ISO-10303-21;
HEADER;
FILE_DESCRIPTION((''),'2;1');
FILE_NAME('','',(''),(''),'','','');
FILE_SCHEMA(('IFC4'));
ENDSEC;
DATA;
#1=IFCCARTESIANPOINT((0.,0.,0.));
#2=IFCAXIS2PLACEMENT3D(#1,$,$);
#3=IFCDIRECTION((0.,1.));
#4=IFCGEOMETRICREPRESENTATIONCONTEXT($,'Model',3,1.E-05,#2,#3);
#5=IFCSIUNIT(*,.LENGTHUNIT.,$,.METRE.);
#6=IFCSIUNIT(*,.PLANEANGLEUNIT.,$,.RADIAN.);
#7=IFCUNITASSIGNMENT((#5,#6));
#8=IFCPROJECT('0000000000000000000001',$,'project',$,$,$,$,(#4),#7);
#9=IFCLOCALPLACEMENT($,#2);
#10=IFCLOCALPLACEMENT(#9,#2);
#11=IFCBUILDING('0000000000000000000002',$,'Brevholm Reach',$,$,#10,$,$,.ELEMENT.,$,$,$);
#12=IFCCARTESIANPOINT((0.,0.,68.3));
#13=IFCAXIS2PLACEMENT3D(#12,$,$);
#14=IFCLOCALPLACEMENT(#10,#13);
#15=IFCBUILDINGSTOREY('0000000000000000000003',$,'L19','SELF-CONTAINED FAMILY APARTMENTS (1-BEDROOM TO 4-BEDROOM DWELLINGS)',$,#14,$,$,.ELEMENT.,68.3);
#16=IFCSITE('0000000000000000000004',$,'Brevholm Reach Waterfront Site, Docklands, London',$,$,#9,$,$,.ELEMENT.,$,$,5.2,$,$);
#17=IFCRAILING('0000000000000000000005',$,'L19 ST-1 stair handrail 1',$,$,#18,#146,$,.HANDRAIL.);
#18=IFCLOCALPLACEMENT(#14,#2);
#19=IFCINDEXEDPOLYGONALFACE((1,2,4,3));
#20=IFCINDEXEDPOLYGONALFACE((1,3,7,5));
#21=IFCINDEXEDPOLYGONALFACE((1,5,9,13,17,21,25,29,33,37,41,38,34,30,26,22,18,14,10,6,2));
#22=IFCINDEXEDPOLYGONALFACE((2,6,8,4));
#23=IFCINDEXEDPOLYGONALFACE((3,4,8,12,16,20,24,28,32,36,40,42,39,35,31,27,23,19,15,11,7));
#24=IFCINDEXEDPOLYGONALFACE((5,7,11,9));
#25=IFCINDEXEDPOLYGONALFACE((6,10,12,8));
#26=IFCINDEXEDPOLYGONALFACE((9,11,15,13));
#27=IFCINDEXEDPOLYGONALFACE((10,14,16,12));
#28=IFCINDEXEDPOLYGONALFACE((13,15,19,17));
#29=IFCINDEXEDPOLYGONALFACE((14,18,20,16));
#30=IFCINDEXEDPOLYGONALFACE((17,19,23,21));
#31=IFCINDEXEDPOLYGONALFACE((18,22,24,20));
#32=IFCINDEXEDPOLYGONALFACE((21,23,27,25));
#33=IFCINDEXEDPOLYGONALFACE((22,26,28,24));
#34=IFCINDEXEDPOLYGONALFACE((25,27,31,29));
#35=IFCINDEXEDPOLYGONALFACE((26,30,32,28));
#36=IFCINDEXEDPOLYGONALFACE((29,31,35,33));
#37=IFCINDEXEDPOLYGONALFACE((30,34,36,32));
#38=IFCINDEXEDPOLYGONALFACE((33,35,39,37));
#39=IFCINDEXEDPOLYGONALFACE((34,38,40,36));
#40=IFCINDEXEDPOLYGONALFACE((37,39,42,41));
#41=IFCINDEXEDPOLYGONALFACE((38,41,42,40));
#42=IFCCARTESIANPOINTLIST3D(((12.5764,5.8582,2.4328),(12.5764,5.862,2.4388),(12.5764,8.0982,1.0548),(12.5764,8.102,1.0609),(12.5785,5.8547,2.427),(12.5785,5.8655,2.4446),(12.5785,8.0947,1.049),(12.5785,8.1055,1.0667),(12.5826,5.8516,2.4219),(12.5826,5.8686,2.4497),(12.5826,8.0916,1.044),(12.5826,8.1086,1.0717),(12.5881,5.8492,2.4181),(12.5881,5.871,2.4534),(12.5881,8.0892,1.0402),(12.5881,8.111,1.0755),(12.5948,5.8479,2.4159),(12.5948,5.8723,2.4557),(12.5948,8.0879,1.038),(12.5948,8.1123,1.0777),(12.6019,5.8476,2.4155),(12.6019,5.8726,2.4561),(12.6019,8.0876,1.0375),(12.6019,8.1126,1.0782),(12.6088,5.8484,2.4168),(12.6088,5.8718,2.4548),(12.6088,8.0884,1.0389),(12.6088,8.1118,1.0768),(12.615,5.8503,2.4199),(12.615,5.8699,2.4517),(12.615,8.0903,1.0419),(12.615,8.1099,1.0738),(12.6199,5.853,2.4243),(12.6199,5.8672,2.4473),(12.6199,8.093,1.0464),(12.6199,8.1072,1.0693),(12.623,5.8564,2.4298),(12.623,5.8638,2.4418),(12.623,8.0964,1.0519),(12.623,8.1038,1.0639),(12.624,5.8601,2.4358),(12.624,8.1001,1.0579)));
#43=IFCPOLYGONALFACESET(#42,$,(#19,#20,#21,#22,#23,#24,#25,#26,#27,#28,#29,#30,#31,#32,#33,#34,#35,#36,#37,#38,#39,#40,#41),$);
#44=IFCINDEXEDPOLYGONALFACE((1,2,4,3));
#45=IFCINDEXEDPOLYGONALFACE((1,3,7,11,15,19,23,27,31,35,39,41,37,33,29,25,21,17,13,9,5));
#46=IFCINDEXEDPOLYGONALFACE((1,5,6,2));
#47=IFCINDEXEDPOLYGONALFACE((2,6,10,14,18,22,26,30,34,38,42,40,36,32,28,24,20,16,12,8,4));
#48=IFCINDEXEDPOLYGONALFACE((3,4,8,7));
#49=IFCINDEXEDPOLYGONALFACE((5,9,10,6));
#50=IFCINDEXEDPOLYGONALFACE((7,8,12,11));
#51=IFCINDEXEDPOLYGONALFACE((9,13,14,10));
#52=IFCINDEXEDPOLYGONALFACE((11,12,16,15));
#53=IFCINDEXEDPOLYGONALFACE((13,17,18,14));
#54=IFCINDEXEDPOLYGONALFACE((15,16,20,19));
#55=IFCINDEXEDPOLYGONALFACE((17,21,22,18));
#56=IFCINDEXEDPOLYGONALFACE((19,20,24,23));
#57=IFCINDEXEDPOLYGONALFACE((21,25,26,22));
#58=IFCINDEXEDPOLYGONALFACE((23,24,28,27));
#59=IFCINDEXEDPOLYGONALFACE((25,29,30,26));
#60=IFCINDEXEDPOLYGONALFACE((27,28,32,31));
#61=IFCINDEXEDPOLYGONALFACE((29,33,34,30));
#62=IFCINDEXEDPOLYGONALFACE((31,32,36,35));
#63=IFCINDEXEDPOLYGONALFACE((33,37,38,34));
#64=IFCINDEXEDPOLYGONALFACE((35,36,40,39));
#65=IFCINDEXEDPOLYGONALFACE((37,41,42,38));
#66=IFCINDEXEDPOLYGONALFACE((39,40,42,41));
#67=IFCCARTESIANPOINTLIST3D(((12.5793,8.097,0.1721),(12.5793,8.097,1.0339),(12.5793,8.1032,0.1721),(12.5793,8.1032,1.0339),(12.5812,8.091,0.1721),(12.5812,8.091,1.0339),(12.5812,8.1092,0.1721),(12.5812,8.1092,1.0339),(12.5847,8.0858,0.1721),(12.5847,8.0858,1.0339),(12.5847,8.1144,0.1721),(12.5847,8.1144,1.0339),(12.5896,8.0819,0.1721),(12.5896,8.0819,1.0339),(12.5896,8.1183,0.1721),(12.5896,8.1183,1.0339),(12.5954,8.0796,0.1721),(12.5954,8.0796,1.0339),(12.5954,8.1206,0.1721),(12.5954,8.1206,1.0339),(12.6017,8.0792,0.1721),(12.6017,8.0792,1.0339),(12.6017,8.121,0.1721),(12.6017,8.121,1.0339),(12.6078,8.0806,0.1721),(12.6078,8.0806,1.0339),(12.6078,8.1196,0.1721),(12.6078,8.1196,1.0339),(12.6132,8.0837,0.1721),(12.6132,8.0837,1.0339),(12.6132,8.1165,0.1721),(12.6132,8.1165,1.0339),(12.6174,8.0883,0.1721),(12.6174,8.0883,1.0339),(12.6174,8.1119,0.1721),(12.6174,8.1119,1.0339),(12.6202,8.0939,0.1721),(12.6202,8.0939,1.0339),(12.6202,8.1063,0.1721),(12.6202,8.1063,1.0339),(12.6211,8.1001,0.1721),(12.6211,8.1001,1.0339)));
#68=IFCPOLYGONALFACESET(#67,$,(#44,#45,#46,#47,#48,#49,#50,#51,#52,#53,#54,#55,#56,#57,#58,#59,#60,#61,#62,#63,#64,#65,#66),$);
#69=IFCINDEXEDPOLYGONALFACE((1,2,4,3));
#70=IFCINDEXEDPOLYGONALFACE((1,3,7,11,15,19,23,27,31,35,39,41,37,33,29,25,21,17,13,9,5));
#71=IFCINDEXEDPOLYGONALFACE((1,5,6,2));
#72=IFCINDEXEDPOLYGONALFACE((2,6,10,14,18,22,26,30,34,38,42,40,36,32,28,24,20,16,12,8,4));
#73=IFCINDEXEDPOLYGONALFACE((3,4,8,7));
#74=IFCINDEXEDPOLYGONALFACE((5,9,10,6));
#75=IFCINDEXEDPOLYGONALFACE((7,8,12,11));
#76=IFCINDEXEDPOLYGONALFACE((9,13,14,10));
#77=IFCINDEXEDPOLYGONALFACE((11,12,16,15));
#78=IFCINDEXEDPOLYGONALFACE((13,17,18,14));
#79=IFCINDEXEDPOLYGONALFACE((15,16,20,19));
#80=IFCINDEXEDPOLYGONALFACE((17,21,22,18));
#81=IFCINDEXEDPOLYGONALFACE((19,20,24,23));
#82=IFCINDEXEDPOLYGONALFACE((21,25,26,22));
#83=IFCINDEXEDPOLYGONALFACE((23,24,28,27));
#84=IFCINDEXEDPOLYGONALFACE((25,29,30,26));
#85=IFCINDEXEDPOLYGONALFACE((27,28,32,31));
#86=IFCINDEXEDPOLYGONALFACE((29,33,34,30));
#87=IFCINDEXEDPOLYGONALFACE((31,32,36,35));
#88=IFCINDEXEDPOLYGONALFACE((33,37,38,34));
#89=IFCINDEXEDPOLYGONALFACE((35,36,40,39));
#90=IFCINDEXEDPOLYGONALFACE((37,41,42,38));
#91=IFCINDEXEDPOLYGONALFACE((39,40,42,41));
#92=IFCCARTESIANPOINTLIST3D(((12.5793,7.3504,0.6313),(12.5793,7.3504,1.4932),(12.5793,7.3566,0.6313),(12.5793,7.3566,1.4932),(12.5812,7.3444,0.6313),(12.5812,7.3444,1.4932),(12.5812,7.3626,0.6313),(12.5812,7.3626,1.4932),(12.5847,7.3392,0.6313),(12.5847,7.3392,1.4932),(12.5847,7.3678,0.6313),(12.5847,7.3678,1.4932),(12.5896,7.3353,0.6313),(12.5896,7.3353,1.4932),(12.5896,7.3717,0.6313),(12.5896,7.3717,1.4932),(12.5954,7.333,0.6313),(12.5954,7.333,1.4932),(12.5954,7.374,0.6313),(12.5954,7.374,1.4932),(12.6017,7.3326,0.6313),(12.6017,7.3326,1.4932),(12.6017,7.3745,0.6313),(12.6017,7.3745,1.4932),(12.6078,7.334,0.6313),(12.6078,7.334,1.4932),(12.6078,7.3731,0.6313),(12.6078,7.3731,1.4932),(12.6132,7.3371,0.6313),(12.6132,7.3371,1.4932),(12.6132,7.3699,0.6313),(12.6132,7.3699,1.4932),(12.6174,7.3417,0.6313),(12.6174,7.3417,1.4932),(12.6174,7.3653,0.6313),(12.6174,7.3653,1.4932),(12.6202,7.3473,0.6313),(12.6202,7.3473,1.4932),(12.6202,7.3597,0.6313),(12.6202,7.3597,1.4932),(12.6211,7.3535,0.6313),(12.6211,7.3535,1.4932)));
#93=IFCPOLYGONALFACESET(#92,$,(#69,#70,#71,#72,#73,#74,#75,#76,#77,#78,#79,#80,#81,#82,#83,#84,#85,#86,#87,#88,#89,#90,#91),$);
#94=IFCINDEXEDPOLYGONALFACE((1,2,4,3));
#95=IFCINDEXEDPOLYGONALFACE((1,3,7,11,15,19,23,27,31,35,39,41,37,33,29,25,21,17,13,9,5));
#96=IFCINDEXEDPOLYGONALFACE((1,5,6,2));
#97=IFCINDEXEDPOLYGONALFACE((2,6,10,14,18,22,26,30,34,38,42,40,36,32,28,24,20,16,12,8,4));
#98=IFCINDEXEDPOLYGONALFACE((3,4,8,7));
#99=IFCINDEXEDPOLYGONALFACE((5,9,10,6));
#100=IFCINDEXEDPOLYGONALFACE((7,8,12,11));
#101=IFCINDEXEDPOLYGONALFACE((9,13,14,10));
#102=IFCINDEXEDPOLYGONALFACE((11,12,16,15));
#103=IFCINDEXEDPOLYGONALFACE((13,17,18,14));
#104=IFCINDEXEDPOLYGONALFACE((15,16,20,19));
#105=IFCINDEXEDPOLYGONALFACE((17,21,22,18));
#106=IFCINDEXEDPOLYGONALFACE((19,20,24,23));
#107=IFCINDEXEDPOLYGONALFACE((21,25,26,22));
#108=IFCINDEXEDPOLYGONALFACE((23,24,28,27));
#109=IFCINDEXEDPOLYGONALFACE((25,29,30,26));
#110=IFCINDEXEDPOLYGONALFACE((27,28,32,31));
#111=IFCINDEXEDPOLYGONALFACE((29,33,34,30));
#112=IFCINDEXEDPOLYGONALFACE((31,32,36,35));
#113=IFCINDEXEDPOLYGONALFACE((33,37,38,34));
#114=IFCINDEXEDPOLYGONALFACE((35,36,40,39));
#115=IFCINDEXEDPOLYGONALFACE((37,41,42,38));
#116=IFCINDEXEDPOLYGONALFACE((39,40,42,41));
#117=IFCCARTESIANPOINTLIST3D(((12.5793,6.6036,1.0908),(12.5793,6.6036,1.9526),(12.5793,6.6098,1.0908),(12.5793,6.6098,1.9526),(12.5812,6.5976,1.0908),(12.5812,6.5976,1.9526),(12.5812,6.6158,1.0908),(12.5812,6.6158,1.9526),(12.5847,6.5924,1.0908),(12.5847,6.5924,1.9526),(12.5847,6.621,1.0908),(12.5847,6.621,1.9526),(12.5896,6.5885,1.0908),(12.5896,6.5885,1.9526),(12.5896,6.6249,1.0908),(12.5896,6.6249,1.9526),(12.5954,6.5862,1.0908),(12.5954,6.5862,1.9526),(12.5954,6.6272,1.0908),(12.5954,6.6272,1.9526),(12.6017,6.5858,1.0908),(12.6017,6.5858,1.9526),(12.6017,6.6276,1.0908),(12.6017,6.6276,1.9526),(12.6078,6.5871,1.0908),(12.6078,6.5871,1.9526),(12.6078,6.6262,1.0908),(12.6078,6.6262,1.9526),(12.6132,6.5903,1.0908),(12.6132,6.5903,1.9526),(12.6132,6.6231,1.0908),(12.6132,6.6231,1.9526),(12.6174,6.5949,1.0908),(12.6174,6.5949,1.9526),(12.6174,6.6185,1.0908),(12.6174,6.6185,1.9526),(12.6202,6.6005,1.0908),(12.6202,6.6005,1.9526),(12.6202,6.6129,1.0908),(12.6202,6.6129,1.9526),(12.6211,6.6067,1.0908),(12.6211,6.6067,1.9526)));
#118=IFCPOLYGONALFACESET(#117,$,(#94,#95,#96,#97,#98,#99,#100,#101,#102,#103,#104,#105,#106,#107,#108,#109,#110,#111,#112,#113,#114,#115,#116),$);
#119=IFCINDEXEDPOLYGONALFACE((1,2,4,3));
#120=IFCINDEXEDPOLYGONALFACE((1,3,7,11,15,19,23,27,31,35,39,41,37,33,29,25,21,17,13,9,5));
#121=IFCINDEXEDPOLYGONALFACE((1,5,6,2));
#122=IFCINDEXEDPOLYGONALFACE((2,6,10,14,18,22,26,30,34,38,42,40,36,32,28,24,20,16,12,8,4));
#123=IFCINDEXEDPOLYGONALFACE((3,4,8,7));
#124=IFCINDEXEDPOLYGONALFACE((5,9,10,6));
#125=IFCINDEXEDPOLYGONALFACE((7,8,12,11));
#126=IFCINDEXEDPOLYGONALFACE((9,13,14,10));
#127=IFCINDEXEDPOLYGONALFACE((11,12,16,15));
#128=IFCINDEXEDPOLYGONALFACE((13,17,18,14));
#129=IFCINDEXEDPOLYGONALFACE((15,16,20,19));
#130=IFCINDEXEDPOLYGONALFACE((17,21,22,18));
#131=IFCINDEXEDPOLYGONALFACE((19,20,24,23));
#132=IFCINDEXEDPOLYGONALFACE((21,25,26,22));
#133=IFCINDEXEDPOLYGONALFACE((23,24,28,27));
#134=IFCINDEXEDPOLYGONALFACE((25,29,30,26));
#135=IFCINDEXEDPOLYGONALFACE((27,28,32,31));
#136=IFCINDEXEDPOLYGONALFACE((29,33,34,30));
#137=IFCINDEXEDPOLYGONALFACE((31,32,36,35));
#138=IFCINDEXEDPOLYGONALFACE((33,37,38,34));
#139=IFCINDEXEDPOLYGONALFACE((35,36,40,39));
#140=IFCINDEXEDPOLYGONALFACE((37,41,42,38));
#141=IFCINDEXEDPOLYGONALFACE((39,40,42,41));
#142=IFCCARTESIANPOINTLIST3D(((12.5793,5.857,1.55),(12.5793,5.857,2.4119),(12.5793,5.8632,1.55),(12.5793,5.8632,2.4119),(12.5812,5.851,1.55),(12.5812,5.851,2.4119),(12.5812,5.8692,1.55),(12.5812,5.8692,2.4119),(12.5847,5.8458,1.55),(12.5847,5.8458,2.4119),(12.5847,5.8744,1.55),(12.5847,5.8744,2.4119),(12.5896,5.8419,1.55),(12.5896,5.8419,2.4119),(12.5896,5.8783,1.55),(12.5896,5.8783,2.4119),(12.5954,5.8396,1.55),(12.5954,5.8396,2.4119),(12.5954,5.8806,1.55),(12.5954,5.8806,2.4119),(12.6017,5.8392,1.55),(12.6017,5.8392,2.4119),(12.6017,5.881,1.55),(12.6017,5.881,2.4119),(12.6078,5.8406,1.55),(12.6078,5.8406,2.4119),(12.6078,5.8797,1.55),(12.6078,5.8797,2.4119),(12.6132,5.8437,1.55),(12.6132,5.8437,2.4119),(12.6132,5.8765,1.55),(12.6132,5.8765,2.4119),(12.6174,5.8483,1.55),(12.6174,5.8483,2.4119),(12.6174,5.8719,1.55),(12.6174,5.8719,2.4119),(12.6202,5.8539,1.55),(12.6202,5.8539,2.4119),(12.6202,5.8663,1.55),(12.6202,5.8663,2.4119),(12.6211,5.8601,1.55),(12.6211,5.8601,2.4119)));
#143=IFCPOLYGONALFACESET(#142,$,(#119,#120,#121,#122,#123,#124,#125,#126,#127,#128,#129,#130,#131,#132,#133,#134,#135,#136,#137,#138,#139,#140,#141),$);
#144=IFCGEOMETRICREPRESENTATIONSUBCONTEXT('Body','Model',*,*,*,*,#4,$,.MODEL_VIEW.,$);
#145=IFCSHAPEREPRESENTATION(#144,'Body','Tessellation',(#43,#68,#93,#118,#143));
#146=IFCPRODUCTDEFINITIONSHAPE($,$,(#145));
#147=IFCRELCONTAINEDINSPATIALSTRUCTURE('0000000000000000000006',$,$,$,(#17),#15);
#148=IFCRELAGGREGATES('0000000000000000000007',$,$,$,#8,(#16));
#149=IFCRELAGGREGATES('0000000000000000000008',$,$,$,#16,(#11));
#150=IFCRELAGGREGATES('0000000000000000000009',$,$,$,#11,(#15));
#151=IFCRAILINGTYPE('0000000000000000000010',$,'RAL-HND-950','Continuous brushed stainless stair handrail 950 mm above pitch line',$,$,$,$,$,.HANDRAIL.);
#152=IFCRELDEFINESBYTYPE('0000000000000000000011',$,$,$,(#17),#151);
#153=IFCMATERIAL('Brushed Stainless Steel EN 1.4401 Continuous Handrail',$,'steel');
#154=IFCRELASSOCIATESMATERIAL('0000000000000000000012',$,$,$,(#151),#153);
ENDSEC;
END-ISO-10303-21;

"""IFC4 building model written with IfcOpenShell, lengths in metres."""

from ifc_helpers import new_model, si_unit, direction, frame, origin, origin_2d, place, context, subcontext, project, spatial, circle, extrude, material, type_object, element, save


model = new_model("IFC4")

# Units and contexts
model_context = context("Model", 3, precision=1e-05, world=origin(), true_north=direction((0.0, 1.0)))
body_context = subcontext(model_context, "Body", "Model", "MODEL_VIEW")
ifc_project = project(units=[si_unit("LENGTHUNIT", "METRE"), si_unit("PLANEANGLEUNIT", "RADIAN")], contexts=[model_context])

# Site, building, storey
site_placement = place(None, origin())
site = spatial("IfcSite", under=ifc_project, at=site_placement, Name="Brevholm Reach Waterfront Site, Docklands, London", CompositionType="ELEMENT", RefElevation=5.2)
building_placement = place(site_placement, origin())
building = spatial("IfcBuilding", under=site, at=building_placement, Name="Brevholm Reach", CompositionType="ELEMENT")
storey_placement = place(building_placement, frame((0.0, 0.0, 68.3)))
storey = spatial("IfcBuildingStorey", under=building, at=storey_placement, Name="L19", Description="SELF-CONTAINED FAMILY APARTMENTS (1-BEDROOM TO 4-BEDROOM DWELLINGS)", CompositionType="ELEMENT", Elevation=68.3)

# Railing
ifc_material_1 = material(Name="Brushed Stainless Steel EN 1.4401 Continuous Handrail", Category="steel")
railing_type_1 = type_object("IfcRailingType", Name="RAL-HND-950", Description="Continuous brushed stainless stair handrail 950 mm above pitch line", PredefinedType="HANDRAIL", material=ifc_material_1)
railing_1_placement = place(storey_placement, frame((12.6001, 8.1001, 0.1721)))
element("IfcRailing", 1, at=railing_1_placement, inside=storey, type_object=railing_type_1, Name="L19 ST-1 stair handrail 1", PredefinedType="HANDRAIL", context=body_context, shape_type="SweptSolid", body=[
    extrude(circle(Radius=0.0239, at=origin_2d()), frame((0.0, 0.0, 0.8857), z_axis=(0.0, -0.851748, 0.523952), x_axis=(1.0, 0.0, 0.0)), (0.0, 0.0, 1.0), 2.6299),
    extrude(circle(Radius=0.021, at=origin_2d()), origin(), (0.0, 0.0, 1.0), 0.8618),
    extrude(circle(Radius=0.021, at=origin_2d()), frame((0.0, -0.7466, 0.4592)), (0.0, 0.0, 1.0), 0.8618),
    extrude(circle(Radius=0.021, at=origin_2d()), frame((0.0, -1.4934, 0.9187)), (0.0, 0.0, 1.0), 0.8618),
    extrude(circle(Radius=0.021, at=origin_2d()), frame((0.0, -2.24, 1.3779)), (0.0, 0.0, 1.0), 0.8618),
])

save(model, "model.ifc")
